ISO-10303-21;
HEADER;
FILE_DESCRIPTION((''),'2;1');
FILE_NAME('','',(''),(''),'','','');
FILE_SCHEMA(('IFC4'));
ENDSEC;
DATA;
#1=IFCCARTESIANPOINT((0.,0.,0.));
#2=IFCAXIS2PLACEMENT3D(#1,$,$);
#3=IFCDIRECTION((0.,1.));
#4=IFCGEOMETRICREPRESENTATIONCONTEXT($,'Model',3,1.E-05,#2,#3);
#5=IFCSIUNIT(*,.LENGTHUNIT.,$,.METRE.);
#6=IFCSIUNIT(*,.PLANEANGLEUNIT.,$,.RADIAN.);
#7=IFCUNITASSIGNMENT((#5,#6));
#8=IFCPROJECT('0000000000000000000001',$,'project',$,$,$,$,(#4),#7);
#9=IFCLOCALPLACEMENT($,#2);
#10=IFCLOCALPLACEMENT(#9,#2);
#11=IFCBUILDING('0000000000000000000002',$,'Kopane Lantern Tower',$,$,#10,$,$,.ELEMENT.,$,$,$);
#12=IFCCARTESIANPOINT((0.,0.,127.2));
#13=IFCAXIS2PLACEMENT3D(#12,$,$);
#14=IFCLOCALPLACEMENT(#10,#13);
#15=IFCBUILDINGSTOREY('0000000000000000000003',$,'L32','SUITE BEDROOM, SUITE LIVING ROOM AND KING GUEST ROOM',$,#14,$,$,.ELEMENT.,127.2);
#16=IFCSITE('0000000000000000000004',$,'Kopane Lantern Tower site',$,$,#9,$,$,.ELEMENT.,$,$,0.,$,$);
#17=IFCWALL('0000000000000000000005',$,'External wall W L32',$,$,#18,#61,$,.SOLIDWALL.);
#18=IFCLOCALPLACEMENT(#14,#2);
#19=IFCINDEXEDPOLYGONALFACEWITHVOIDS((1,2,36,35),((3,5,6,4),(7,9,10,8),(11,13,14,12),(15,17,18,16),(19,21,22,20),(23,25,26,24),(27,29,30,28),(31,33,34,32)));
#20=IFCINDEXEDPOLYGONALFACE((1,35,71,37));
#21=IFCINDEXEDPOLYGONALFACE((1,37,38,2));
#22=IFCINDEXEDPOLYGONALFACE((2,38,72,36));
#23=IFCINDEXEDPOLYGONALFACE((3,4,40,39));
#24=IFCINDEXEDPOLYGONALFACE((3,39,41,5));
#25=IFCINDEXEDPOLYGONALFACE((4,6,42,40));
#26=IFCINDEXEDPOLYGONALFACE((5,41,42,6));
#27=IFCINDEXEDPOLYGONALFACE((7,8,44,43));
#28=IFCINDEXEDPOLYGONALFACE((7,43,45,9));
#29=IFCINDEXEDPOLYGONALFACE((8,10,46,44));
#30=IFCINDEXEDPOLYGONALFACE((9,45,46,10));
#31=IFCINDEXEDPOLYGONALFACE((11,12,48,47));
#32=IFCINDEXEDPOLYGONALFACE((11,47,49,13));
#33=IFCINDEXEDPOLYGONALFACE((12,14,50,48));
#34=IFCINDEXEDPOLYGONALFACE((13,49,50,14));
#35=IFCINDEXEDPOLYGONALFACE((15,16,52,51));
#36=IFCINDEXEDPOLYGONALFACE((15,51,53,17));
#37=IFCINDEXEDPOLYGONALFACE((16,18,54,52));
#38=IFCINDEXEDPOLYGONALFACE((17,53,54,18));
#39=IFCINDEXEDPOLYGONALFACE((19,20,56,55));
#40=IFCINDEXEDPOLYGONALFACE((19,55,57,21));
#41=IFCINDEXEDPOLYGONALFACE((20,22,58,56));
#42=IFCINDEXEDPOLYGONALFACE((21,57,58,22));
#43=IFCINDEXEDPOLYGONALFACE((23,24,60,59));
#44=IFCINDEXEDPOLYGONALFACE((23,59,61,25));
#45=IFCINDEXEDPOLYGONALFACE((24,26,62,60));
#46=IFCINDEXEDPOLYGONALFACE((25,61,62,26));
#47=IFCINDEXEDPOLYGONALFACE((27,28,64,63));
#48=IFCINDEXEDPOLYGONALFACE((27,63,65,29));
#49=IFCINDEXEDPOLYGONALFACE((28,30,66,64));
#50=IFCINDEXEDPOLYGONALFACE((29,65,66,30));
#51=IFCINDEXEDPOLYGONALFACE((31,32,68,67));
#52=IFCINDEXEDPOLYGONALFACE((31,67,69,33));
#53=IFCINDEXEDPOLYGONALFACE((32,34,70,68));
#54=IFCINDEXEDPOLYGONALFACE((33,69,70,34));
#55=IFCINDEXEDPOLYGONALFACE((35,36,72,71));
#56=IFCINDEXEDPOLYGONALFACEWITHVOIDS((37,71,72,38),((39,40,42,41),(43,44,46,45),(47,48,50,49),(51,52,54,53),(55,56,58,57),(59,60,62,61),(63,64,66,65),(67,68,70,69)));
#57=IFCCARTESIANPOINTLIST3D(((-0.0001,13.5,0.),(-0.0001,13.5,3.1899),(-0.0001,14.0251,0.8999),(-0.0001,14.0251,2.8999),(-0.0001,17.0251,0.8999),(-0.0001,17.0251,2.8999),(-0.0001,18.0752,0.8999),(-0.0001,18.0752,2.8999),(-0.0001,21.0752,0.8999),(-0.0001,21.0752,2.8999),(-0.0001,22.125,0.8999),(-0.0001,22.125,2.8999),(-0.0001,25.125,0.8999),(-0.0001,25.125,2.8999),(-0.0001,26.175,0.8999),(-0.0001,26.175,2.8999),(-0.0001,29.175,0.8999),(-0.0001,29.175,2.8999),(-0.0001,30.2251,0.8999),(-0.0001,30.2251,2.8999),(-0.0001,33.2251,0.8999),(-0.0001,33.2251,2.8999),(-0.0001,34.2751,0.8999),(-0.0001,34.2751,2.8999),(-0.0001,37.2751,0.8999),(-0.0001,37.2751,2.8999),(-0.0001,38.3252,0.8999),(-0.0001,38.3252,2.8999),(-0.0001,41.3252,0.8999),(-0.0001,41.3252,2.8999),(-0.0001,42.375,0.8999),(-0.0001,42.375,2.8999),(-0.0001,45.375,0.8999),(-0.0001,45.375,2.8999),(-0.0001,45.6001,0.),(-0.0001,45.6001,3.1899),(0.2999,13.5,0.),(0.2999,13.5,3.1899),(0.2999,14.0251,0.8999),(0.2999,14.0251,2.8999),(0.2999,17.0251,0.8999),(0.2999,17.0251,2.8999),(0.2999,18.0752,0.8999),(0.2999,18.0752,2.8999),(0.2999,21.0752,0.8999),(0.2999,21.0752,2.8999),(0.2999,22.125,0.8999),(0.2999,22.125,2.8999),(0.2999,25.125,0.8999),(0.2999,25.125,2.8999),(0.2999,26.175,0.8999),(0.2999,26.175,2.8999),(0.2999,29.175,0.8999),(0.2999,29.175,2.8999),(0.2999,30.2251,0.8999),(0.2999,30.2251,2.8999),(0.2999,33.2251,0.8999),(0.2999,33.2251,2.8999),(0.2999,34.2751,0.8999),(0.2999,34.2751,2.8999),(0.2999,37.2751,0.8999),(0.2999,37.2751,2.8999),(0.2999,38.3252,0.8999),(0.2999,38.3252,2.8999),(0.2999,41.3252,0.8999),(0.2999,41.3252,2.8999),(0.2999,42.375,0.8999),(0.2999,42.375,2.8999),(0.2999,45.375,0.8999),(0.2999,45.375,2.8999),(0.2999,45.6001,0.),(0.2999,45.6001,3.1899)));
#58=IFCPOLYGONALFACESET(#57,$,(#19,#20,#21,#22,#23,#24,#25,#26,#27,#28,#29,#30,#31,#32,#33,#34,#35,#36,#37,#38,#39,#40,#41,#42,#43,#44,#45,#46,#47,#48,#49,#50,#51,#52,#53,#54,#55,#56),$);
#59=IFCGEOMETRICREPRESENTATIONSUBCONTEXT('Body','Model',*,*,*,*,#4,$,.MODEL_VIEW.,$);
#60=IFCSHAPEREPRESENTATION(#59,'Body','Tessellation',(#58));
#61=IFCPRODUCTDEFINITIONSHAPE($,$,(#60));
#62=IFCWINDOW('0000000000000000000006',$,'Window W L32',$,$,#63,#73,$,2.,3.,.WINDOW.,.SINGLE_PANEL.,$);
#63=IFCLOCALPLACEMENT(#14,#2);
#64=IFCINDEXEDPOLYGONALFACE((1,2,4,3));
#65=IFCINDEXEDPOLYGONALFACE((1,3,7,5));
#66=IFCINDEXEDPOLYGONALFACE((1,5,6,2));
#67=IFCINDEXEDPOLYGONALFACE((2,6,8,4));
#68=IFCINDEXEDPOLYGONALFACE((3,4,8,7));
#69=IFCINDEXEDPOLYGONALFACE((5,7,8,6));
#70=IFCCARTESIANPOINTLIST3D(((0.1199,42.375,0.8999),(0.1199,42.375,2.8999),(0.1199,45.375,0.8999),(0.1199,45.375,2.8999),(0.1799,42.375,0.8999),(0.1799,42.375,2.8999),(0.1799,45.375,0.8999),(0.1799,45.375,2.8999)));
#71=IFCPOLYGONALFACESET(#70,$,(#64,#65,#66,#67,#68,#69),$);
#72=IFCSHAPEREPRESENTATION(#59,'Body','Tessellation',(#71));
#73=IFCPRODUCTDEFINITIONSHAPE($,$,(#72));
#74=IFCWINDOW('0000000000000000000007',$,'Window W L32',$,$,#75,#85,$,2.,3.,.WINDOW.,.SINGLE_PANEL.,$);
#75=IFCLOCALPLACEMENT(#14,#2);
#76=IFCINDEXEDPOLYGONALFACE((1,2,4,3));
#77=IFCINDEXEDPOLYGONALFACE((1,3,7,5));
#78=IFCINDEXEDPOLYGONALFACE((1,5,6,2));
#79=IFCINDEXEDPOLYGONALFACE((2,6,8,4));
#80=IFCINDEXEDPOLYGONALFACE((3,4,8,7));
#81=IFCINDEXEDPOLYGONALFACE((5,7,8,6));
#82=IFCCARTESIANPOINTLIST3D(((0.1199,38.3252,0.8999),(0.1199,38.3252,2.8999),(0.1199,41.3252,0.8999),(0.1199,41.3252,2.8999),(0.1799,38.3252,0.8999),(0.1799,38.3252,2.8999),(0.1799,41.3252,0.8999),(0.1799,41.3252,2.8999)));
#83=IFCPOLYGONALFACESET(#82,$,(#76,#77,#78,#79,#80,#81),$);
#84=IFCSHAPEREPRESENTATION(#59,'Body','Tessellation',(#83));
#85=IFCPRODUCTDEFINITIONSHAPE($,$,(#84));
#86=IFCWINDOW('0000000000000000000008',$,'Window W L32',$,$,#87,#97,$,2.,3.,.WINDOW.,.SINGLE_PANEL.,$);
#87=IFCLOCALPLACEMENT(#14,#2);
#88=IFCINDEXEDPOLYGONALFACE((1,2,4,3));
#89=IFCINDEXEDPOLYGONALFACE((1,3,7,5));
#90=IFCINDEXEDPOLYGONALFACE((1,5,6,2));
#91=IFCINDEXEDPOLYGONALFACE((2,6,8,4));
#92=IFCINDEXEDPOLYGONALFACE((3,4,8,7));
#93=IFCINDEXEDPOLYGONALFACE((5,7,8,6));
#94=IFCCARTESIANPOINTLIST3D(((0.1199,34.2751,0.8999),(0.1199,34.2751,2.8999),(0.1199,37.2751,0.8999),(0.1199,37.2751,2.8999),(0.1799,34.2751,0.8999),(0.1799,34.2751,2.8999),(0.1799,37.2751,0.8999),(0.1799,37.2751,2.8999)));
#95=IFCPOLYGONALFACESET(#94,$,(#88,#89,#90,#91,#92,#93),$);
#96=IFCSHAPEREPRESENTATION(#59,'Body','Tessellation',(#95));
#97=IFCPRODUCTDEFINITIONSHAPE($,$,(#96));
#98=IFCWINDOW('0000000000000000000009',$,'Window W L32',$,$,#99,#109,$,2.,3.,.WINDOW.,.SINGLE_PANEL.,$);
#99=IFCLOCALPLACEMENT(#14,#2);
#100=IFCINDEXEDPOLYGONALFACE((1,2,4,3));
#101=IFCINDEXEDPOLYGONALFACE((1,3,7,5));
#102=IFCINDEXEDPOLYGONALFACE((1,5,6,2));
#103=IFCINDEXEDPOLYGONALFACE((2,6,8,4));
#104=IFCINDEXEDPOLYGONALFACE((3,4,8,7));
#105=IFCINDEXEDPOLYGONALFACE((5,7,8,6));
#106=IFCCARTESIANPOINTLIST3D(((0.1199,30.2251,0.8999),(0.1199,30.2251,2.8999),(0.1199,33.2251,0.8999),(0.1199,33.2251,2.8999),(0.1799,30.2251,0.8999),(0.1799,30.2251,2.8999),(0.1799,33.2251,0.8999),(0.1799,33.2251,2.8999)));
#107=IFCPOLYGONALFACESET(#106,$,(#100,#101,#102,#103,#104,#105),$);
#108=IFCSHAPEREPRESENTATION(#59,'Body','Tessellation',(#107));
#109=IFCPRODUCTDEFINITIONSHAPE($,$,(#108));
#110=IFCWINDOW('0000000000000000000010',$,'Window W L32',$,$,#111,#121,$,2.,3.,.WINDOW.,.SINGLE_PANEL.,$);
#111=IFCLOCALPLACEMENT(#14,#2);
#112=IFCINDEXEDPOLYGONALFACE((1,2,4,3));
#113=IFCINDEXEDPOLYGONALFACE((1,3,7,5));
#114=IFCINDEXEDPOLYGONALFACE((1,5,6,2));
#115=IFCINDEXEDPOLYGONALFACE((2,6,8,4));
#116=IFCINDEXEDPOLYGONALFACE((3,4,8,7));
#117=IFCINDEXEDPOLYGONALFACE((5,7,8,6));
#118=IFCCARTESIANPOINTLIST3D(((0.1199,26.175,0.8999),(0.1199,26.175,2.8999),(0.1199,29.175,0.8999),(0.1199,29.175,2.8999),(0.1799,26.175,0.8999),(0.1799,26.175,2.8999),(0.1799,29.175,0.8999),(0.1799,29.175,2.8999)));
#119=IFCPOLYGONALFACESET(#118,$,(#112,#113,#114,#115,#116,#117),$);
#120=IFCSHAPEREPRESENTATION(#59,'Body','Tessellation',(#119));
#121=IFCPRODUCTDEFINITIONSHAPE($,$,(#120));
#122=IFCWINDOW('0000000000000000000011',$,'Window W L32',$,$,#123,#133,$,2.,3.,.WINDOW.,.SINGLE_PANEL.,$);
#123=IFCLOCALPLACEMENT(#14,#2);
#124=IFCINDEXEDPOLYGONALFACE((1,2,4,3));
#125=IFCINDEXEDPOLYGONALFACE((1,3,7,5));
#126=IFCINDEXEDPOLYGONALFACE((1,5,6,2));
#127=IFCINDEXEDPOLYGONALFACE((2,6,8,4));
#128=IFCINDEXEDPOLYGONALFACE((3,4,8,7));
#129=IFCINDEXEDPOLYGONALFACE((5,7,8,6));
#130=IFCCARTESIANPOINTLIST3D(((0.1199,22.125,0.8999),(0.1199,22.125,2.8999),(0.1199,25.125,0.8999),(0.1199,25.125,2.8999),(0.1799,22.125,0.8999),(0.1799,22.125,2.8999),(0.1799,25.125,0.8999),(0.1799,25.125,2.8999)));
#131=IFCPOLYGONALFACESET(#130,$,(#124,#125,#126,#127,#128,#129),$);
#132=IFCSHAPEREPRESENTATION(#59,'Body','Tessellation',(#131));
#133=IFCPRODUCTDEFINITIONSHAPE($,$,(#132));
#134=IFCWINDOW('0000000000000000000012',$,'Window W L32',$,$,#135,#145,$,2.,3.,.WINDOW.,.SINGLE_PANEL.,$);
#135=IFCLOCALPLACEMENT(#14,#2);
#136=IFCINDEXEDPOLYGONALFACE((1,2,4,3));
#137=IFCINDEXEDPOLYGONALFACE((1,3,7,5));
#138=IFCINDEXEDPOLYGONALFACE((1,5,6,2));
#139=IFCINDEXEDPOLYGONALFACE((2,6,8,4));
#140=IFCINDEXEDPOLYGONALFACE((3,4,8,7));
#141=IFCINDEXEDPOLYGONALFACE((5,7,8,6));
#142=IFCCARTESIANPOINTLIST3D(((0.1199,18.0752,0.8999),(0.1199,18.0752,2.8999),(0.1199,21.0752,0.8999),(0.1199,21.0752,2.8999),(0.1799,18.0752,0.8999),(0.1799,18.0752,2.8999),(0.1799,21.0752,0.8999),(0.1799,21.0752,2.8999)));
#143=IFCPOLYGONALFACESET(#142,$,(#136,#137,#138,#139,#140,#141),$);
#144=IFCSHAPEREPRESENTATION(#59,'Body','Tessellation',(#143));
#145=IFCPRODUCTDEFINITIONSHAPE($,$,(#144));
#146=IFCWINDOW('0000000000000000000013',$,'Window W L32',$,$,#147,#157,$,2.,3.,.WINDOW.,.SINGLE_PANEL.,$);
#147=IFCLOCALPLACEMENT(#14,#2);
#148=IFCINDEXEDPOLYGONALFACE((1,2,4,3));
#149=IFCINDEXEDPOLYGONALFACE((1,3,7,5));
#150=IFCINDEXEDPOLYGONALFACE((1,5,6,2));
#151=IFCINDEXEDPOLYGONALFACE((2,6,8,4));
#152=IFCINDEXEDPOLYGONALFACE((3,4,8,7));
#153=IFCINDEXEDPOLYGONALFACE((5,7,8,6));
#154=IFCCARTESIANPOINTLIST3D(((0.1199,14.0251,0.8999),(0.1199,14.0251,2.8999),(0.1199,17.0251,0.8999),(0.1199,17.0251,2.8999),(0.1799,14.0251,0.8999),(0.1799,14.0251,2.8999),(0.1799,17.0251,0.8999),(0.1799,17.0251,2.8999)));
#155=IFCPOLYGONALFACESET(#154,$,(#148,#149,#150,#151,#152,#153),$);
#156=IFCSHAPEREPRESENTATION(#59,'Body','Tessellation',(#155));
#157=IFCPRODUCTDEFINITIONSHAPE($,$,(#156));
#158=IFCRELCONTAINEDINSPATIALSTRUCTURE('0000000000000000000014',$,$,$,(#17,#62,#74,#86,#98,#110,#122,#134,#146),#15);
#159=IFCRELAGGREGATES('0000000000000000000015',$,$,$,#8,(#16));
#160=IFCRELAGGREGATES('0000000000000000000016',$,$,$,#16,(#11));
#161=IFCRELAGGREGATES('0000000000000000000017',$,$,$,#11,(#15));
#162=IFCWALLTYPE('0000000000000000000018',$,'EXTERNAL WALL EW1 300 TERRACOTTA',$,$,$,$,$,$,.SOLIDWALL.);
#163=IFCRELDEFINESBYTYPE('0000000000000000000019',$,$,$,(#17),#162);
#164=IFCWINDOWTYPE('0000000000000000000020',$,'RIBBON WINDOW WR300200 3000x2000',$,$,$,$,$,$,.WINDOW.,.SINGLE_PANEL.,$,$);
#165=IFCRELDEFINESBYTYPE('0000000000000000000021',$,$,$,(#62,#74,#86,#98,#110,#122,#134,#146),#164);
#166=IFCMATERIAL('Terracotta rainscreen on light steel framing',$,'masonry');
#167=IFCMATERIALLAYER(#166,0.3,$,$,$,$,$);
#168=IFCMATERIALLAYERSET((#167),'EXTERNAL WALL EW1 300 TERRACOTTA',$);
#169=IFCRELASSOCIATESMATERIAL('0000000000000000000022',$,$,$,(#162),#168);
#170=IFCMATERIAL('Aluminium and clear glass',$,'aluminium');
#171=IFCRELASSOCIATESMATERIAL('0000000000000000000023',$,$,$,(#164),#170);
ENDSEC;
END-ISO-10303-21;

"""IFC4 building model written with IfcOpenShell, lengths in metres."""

from ifc_helpers import new_model, si_unit, direction, frame, frame_2d, origin, place, context, subcontext, project, spatial, rectangle, extrude, material, layer, layer_set, type_object, element, fill, save


model = new_model("IFC4")

# Units and contexts
model_context = context("Model", 3, precision=1e-05, world=origin(), true_north=direction((0.0, 1.0)))
body_context = subcontext(model_context, "Body", "Model", "MODEL_VIEW")
ifc_project = project(units=[si_unit("LENGTHUNIT", "METRE"), si_unit("PLANEANGLEUNIT", "RADIAN")], contexts=[model_context])

# Site, building, storey
site_placement = place(None, origin())
site = spatial("IfcSite", under=ifc_project, at=site_placement, Name="Kopane Lantern Tower site", CompositionType="ELEMENT", RefElevation=0.0)
building_placement = place(site_placement, origin())
building = spatial("IfcBuilding", under=site, at=building_placement, Name="Kopane Lantern Tower", CompositionType="ELEMENT")
storey_placement = place(building_placement, frame((0.0, 0.0, 127.2)))
storey = spatial("IfcBuildingStorey", under=building, at=storey_placement, Name="L32", Description="SUITE BEDROOM, SUITE LIVING ROOM AND KING GUEST ROOM", CompositionType="ELEMENT", Elevation=127.2)

# Shared definitions
ifc_material_1 = material(Name="Terracotta rainscreen on light steel framing", Category="masonry")
ifc_layer_1 = layer(ifc_material_1, 0.3)
ifc_layer_set_1 = layer_set([ifc_layer_1], Name="EXTERNAL WALL EW1 300 TERRACOTTA")
wall_type_1 = type_object("IfcWallType", Name="EXTERNAL WALL EW1 300 TERRACOTTA", PredefinedType="SOLIDWALL", material=ifc_layer_set_1)

# Wall, openings, windows
wall_1_placement = place(storey_placement, frame((0.1499, 45.6001, 0.0), z_axis=(0.0, 0.0, 1.0), x_axis=(0.0, -1.0, 0.0)))
wall_1 = element("IfcWall", 1, at=wall_1_placement, inside=storey, type_object=wall_type_1, Name="External wall W L32", PredefinedType="SOLIDWALL", context=body_context, shape_type="SweptSolid", body=[
    extrude(rectangle(XDim=32.1001, YDim=0.3, at=frame_2d((16.05, 0.0))), origin(), (0.0, 0.0, 1.0), 3.1899),
])
opening_1_placement = place(wall_1_placement, frame((0.2251, 0.0, 0.8999)))
opening_1 = element("IfcOpeningElement", 2, at=opening_1_placement, cuts=wall_1, PredefinedType="OPENING", context=body_context, shape_type="SweptSolid", body=[
    extrude(rectangle(XDim=3.0, YDim=2.0, at=frame_2d((1.5, 1.0))), frame((0.0, 0.1599, 0.0), z_axis=(0.0, -1.0, 0.0), x_axis=(1.0, 0.0, 0.0)), (0.0, 0.0, 1.0), 0.3201),
])
opening_2_placement = place(wall_1_placement, frame((4.2749, 0.0, 0.8999)))
opening_2 = element("IfcOpeningElement", 3, at=opening_2_placement, cuts=wall_1, PredefinedType="OPENING", context=body_context, shape_type="SweptSolid", body=[
    extrude(rectangle(XDim=3.0, YDim=2.0, at=frame_2d((1.5, 1.0))), frame((0.0, 0.1599, 0.0), z_axis=(0.0, -1.0, 0.0), x_axis=(1.0, 0.0, 0.0)), (0.0, 0.0, 1.0), 0.3201),
])
opening_3_placement = place(wall_1_placement, frame((8.325, 0.0, 0.8999)))
opening_3 = element("IfcOpeningElement", 4, at=opening_3_placement, cuts=wall_1, PredefinedType="OPENING", context=body_context, shape_type="SweptSolid", body=[
    extrude(rectangle(XDim=3.0, YDim=2.0, at=frame_2d((1.5, 1.0))), frame((0.0, 0.1599, 0.0), z_axis=(0.0, -1.0, 0.0), x_axis=(1.0, 0.0, 0.0)), (0.0, 0.0, 1.0), 0.3201),
])
opening_4_placement = place(wall_1_placement, frame((12.375, 0.0, 0.8999)))
opening_4 = element("IfcOpeningElement", 5, at=opening_4_placement, cuts=wall_1, PredefinedType="OPENING", context=body_context, shape_type="SweptSolid", body=[
    extrude(rectangle(XDim=3.0, YDim=2.0, at=frame_2d((1.5, 1.0))), frame((0.0, 0.1599, 0.0), z_axis=(0.0, -1.0, 0.0), x_axis=(1.0, 0.0, 0.0)), (0.0, 0.0, 1.0), 0.3201),
])
opening_5_placement = place(wall_1_placement, frame((16.425, 0.0, 0.8999)))
opening_5 = element("IfcOpeningElement", 6, at=opening_5_placement, cuts=wall_1, PredefinedType="OPENING", context=body_context, shape_type="SweptSolid", body=[
    extrude(rectangle(XDim=3.0, YDim=2.0, at=frame_2d((1.5, 1.0))), frame((0.0, 0.1599, 0.0), z_axis=(0.0, -1.0, 0.0), x_axis=(1.0, 0.0, 0.0)), (0.0, 0.0, 1.0), 0.3201),
])
opening_6_placement = place(wall_1_placement, frame((20.4751, 0.0, 0.8999)))
opening_6 = element("IfcOpeningElement", 7, at=opening_6_placement, cuts=wall_1, PredefinedType="OPENING", context=body_context, shape_type="SweptSolid", body=[
    extrude(rectangle(XDim=3.0, YDim=2.0, at=frame_2d((1.5, 1.0))), frame((0.0, 0.1599, 0.0), z_axis=(0.0, -1.0, 0.0), x_axis=(1.0, 0.0, 0.0)), (0.0, 0.0, 1.0), 0.3201),
])
opening_7_placement = place(wall_1_placement, frame((24.5249, 0.0, 0.8999)))
opening_7 = element("IfcOpeningElement", 8, at=opening_7_placement, cuts=wall_1, PredefinedType="OPENING", context=body_context, shape_type="SweptSolid", body=[
    extrude(rectangle(XDim=3.0, YDim=2.0, at=frame_2d((1.5, 1.0))), frame((0.0, 0.1599, 0.0), z_axis=(0.0, -1.0, 0.0), x_axis=(1.0, 0.0, 0.0)), (0.0, 0.0, 1.0), 0.3201),
])
opening_8_placement = place(wall_1_placement, frame((28.575, 0.0, 0.8999)))
opening_8 = element("IfcOpeningElement", 9, at=opening_8_placement, cuts=wall_1, PredefinedType="OPENING", context=body_context, shape_type="SweptSolid", body=[
    extrude(rectangle(XDim=3.0, YDim=2.0, at=frame_2d((1.5, 1.0))), frame((0.0, 0.1599, 0.0), z_axis=(0.0, -1.0, 0.0), x_axis=(1.0, 0.0, 0.0)), (0.0, 0.0, 1.0), 0.3201),
])
ifc_material_2 = material(Name="Aluminium and clear glass", Category="aluminium")
window_type_1 = type_object("IfcWindowType", Name="RIBBON WINDOW WR300200 3000x2000", PartitioningType="SINGLE_PANEL", PredefinedType="WINDOW", material=ifc_material_2)
window_1_placement = place(opening_1_placement, origin())
window_1 = element("IfcWindow", 10, at=window_1_placement, inside=storey, type_object=window_type_1, Name="Window W L32", OverallHeight=2.0, OverallWidth=3.0, PartitioningType="SINGLE_PANEL", PredefinedType="WINDOW", context=body_context, shape_type="SweptSolid", body=[
    extrude(rectangle(XDim=3.0, YDim=2.0, at=frame_2d((1.5, 1.0))), frame((0.0, 0.03, 0.0), z_axis=(0.0, -1.0, 0.0), x_axis=(1.0, 0.0, 0.0)), (0.0, 0.0, 1.0), 0.0601),
])
fill(opening_1, window_1)
window_2_placement = place(opening_2_placement, origin())
window_2 = element("IfcWindow", 11, at=window_2_placement, inside=storey, type_object=window_type_1, Name="Window W L32", OverallHeight=2.0, OverallWidth=3.0, PartitioningType="SINGLE_PANEL", PredefinedType="WINDOW", context=body_context, shape_type="SweptSolid", body=[
    extrude(rectangle(XDim=3.0, YDim=2.0, at=frame_2d((1.5, 1.0))), frame((0.0, 0.03, 0.0), z_axis=(0.0, -1.0, 0.0), x_axis=(1.0, 0.0, 0.0)), (0.0, 0.0, 1.0), 0.0601),
])
fill(opening_2, window_2)
window_3_placement = place(opening_3_placement, origin())
window_3 = element("IfcWindow", 12, at=window_3_placement, inside=storey, type_object=window_type_1, Name="Window W L32", OverallHeight=2.0, OverallWidth=3.0, PartitioningType="SINGLE_PANEL", PredefinedType="WINDOW", context=body_context, shape_type="SweptSolid", body=[
    extrude(rectangle(XDim=3.0, YDim=2.0, at=frame_2d((1.5, 1.0))), frame((0.0, 0.03, 0.0), z_axis=(0.0, -1.0, 0.0), x_axis=(1.0, 0.0, 0.0)), (0.0, 0.0, 1.0), 0.0601),
])
fill(opening_3, window_3)
window_4_placement = place(opening_4_placement, origin())
window_4 = element("IfcWindow", 13, at=window_4_placement, inside=storey, type_object=window_type_1, Name="Window W L32", OverallHeight=2.0, OverallWidth=3.0, PartitioningType="SINGLE_PANEL", PredefinedType="WINDOW", context=body_context, shape_type="SweptSolid", body=[
    extrude(rectangle(XDim=3.0, YDim=2.0, at=frame_2d((1.5, 1.0))), frame((0.0, 0.03, 0.0), z_axis=(0.0, -1.0, 0.0), x_axis=(1.0, 0.0, 0.0)), (0.0, 0.0, 1.0), 0.0601),
])
fill(opening_4, window_4)
window_5_placement = place(opening_5_placement, origin())
window_5 = element("IfcWindow", 14, at=window_5_placement, inside=storey, type_object=window_type_1, Name="Window W L32", OverallHeight=2.0, OverallWidth=3.0, PartitioningType="SINGLE_PANEL", PredefinedType="WINDOW", context=body_context, shape_type="SweptSolid", body=[
    extrude(rectangle(XDim=3.0, YDim=2.0, at=frame_2d((1.5, 1.0))), frame((0.0, 0.03, 0.0), z_axis=(0.0, -1.0, 0.0), x_axis=(1.0, 0.0, 0.0)), (0.0, 0.0, 1.0), 0.0601),
])
fill(opening_5, window_5)
window_6_placement = place(opening_6_placement, origin())
window_6 = element("IfcWindow", 15, at=window_6_placement, inside=storey, type_object=window_type_1, Name="Window W L32", OverallHeight=2.0, OverallWidth=3.0, PartitioningType="SINGLE_PANEL", PredefinedType="WINDOW", context=body_context, shape_type="SweptSolid", body=[
    extrude(rectangle(XDim=3.0, YDim=2.0, at=frame_2d((1.5, 1.0))), frame((0.0, 0.03, 0.0), z_axis=(0.0, -1.0, 0.0), x_axis=(1.0, 0.0, 0.0)), (0.0, 0.0, 1.0), 0.0601),
])
fill(opening_6, window_6)
window_7_placement = place(opening_7_placement, origin())
window_7 = element("IfcWindow", 16, at=window_7_placement, inside=storey, type_object=window_type_1, Name="Window W L32", OverallHeight=2.0, OverallWidth=3.0, PartitioningType="SINGLE_PANEL", PredefinedType="WINDOW", context=body_context, shape_type="SweptSolid", body=[
    extrude(rectangle(XDim=3.0, YDim=2.0, at=frame_2d((1.5, 1.0))), frame((0.0, 0.03, 0.0), z_axis=(0.0, -1.0, 0.0), x_axis=(1.0, 0.0, 0.0)), (0.0, 0.0, 1.0), 0.0601),
])
fill(opening_7, window_7)
window_8_placement = place(opening_8_placement, origin())
window_8 = element("IfcWindow", 17, at=window_8_placement, inside=storey, type_object=window_type_1, Name="Window W L32", OverallHeight=2.0, OverallWidth=3.0, PartitioningType="SINGLE_PANEL", PredefinedType="WINDOW", context=body_context, shape_type="SweptSolid", body=[
    extrude(rectangle(XDim=3.0, YDim=2.0, at=frame_2d((1.5, 1.0))), frame((0.0, 0.03, 0.0), z_axis=(0.0, -1.0, 0.0), x_axis=(1.0, 0.0, 0.0)), (0.0, 0.0, 1.0), 0.0601),
])
fill(opening_8, window_8)

save(model, "model.ifc")
